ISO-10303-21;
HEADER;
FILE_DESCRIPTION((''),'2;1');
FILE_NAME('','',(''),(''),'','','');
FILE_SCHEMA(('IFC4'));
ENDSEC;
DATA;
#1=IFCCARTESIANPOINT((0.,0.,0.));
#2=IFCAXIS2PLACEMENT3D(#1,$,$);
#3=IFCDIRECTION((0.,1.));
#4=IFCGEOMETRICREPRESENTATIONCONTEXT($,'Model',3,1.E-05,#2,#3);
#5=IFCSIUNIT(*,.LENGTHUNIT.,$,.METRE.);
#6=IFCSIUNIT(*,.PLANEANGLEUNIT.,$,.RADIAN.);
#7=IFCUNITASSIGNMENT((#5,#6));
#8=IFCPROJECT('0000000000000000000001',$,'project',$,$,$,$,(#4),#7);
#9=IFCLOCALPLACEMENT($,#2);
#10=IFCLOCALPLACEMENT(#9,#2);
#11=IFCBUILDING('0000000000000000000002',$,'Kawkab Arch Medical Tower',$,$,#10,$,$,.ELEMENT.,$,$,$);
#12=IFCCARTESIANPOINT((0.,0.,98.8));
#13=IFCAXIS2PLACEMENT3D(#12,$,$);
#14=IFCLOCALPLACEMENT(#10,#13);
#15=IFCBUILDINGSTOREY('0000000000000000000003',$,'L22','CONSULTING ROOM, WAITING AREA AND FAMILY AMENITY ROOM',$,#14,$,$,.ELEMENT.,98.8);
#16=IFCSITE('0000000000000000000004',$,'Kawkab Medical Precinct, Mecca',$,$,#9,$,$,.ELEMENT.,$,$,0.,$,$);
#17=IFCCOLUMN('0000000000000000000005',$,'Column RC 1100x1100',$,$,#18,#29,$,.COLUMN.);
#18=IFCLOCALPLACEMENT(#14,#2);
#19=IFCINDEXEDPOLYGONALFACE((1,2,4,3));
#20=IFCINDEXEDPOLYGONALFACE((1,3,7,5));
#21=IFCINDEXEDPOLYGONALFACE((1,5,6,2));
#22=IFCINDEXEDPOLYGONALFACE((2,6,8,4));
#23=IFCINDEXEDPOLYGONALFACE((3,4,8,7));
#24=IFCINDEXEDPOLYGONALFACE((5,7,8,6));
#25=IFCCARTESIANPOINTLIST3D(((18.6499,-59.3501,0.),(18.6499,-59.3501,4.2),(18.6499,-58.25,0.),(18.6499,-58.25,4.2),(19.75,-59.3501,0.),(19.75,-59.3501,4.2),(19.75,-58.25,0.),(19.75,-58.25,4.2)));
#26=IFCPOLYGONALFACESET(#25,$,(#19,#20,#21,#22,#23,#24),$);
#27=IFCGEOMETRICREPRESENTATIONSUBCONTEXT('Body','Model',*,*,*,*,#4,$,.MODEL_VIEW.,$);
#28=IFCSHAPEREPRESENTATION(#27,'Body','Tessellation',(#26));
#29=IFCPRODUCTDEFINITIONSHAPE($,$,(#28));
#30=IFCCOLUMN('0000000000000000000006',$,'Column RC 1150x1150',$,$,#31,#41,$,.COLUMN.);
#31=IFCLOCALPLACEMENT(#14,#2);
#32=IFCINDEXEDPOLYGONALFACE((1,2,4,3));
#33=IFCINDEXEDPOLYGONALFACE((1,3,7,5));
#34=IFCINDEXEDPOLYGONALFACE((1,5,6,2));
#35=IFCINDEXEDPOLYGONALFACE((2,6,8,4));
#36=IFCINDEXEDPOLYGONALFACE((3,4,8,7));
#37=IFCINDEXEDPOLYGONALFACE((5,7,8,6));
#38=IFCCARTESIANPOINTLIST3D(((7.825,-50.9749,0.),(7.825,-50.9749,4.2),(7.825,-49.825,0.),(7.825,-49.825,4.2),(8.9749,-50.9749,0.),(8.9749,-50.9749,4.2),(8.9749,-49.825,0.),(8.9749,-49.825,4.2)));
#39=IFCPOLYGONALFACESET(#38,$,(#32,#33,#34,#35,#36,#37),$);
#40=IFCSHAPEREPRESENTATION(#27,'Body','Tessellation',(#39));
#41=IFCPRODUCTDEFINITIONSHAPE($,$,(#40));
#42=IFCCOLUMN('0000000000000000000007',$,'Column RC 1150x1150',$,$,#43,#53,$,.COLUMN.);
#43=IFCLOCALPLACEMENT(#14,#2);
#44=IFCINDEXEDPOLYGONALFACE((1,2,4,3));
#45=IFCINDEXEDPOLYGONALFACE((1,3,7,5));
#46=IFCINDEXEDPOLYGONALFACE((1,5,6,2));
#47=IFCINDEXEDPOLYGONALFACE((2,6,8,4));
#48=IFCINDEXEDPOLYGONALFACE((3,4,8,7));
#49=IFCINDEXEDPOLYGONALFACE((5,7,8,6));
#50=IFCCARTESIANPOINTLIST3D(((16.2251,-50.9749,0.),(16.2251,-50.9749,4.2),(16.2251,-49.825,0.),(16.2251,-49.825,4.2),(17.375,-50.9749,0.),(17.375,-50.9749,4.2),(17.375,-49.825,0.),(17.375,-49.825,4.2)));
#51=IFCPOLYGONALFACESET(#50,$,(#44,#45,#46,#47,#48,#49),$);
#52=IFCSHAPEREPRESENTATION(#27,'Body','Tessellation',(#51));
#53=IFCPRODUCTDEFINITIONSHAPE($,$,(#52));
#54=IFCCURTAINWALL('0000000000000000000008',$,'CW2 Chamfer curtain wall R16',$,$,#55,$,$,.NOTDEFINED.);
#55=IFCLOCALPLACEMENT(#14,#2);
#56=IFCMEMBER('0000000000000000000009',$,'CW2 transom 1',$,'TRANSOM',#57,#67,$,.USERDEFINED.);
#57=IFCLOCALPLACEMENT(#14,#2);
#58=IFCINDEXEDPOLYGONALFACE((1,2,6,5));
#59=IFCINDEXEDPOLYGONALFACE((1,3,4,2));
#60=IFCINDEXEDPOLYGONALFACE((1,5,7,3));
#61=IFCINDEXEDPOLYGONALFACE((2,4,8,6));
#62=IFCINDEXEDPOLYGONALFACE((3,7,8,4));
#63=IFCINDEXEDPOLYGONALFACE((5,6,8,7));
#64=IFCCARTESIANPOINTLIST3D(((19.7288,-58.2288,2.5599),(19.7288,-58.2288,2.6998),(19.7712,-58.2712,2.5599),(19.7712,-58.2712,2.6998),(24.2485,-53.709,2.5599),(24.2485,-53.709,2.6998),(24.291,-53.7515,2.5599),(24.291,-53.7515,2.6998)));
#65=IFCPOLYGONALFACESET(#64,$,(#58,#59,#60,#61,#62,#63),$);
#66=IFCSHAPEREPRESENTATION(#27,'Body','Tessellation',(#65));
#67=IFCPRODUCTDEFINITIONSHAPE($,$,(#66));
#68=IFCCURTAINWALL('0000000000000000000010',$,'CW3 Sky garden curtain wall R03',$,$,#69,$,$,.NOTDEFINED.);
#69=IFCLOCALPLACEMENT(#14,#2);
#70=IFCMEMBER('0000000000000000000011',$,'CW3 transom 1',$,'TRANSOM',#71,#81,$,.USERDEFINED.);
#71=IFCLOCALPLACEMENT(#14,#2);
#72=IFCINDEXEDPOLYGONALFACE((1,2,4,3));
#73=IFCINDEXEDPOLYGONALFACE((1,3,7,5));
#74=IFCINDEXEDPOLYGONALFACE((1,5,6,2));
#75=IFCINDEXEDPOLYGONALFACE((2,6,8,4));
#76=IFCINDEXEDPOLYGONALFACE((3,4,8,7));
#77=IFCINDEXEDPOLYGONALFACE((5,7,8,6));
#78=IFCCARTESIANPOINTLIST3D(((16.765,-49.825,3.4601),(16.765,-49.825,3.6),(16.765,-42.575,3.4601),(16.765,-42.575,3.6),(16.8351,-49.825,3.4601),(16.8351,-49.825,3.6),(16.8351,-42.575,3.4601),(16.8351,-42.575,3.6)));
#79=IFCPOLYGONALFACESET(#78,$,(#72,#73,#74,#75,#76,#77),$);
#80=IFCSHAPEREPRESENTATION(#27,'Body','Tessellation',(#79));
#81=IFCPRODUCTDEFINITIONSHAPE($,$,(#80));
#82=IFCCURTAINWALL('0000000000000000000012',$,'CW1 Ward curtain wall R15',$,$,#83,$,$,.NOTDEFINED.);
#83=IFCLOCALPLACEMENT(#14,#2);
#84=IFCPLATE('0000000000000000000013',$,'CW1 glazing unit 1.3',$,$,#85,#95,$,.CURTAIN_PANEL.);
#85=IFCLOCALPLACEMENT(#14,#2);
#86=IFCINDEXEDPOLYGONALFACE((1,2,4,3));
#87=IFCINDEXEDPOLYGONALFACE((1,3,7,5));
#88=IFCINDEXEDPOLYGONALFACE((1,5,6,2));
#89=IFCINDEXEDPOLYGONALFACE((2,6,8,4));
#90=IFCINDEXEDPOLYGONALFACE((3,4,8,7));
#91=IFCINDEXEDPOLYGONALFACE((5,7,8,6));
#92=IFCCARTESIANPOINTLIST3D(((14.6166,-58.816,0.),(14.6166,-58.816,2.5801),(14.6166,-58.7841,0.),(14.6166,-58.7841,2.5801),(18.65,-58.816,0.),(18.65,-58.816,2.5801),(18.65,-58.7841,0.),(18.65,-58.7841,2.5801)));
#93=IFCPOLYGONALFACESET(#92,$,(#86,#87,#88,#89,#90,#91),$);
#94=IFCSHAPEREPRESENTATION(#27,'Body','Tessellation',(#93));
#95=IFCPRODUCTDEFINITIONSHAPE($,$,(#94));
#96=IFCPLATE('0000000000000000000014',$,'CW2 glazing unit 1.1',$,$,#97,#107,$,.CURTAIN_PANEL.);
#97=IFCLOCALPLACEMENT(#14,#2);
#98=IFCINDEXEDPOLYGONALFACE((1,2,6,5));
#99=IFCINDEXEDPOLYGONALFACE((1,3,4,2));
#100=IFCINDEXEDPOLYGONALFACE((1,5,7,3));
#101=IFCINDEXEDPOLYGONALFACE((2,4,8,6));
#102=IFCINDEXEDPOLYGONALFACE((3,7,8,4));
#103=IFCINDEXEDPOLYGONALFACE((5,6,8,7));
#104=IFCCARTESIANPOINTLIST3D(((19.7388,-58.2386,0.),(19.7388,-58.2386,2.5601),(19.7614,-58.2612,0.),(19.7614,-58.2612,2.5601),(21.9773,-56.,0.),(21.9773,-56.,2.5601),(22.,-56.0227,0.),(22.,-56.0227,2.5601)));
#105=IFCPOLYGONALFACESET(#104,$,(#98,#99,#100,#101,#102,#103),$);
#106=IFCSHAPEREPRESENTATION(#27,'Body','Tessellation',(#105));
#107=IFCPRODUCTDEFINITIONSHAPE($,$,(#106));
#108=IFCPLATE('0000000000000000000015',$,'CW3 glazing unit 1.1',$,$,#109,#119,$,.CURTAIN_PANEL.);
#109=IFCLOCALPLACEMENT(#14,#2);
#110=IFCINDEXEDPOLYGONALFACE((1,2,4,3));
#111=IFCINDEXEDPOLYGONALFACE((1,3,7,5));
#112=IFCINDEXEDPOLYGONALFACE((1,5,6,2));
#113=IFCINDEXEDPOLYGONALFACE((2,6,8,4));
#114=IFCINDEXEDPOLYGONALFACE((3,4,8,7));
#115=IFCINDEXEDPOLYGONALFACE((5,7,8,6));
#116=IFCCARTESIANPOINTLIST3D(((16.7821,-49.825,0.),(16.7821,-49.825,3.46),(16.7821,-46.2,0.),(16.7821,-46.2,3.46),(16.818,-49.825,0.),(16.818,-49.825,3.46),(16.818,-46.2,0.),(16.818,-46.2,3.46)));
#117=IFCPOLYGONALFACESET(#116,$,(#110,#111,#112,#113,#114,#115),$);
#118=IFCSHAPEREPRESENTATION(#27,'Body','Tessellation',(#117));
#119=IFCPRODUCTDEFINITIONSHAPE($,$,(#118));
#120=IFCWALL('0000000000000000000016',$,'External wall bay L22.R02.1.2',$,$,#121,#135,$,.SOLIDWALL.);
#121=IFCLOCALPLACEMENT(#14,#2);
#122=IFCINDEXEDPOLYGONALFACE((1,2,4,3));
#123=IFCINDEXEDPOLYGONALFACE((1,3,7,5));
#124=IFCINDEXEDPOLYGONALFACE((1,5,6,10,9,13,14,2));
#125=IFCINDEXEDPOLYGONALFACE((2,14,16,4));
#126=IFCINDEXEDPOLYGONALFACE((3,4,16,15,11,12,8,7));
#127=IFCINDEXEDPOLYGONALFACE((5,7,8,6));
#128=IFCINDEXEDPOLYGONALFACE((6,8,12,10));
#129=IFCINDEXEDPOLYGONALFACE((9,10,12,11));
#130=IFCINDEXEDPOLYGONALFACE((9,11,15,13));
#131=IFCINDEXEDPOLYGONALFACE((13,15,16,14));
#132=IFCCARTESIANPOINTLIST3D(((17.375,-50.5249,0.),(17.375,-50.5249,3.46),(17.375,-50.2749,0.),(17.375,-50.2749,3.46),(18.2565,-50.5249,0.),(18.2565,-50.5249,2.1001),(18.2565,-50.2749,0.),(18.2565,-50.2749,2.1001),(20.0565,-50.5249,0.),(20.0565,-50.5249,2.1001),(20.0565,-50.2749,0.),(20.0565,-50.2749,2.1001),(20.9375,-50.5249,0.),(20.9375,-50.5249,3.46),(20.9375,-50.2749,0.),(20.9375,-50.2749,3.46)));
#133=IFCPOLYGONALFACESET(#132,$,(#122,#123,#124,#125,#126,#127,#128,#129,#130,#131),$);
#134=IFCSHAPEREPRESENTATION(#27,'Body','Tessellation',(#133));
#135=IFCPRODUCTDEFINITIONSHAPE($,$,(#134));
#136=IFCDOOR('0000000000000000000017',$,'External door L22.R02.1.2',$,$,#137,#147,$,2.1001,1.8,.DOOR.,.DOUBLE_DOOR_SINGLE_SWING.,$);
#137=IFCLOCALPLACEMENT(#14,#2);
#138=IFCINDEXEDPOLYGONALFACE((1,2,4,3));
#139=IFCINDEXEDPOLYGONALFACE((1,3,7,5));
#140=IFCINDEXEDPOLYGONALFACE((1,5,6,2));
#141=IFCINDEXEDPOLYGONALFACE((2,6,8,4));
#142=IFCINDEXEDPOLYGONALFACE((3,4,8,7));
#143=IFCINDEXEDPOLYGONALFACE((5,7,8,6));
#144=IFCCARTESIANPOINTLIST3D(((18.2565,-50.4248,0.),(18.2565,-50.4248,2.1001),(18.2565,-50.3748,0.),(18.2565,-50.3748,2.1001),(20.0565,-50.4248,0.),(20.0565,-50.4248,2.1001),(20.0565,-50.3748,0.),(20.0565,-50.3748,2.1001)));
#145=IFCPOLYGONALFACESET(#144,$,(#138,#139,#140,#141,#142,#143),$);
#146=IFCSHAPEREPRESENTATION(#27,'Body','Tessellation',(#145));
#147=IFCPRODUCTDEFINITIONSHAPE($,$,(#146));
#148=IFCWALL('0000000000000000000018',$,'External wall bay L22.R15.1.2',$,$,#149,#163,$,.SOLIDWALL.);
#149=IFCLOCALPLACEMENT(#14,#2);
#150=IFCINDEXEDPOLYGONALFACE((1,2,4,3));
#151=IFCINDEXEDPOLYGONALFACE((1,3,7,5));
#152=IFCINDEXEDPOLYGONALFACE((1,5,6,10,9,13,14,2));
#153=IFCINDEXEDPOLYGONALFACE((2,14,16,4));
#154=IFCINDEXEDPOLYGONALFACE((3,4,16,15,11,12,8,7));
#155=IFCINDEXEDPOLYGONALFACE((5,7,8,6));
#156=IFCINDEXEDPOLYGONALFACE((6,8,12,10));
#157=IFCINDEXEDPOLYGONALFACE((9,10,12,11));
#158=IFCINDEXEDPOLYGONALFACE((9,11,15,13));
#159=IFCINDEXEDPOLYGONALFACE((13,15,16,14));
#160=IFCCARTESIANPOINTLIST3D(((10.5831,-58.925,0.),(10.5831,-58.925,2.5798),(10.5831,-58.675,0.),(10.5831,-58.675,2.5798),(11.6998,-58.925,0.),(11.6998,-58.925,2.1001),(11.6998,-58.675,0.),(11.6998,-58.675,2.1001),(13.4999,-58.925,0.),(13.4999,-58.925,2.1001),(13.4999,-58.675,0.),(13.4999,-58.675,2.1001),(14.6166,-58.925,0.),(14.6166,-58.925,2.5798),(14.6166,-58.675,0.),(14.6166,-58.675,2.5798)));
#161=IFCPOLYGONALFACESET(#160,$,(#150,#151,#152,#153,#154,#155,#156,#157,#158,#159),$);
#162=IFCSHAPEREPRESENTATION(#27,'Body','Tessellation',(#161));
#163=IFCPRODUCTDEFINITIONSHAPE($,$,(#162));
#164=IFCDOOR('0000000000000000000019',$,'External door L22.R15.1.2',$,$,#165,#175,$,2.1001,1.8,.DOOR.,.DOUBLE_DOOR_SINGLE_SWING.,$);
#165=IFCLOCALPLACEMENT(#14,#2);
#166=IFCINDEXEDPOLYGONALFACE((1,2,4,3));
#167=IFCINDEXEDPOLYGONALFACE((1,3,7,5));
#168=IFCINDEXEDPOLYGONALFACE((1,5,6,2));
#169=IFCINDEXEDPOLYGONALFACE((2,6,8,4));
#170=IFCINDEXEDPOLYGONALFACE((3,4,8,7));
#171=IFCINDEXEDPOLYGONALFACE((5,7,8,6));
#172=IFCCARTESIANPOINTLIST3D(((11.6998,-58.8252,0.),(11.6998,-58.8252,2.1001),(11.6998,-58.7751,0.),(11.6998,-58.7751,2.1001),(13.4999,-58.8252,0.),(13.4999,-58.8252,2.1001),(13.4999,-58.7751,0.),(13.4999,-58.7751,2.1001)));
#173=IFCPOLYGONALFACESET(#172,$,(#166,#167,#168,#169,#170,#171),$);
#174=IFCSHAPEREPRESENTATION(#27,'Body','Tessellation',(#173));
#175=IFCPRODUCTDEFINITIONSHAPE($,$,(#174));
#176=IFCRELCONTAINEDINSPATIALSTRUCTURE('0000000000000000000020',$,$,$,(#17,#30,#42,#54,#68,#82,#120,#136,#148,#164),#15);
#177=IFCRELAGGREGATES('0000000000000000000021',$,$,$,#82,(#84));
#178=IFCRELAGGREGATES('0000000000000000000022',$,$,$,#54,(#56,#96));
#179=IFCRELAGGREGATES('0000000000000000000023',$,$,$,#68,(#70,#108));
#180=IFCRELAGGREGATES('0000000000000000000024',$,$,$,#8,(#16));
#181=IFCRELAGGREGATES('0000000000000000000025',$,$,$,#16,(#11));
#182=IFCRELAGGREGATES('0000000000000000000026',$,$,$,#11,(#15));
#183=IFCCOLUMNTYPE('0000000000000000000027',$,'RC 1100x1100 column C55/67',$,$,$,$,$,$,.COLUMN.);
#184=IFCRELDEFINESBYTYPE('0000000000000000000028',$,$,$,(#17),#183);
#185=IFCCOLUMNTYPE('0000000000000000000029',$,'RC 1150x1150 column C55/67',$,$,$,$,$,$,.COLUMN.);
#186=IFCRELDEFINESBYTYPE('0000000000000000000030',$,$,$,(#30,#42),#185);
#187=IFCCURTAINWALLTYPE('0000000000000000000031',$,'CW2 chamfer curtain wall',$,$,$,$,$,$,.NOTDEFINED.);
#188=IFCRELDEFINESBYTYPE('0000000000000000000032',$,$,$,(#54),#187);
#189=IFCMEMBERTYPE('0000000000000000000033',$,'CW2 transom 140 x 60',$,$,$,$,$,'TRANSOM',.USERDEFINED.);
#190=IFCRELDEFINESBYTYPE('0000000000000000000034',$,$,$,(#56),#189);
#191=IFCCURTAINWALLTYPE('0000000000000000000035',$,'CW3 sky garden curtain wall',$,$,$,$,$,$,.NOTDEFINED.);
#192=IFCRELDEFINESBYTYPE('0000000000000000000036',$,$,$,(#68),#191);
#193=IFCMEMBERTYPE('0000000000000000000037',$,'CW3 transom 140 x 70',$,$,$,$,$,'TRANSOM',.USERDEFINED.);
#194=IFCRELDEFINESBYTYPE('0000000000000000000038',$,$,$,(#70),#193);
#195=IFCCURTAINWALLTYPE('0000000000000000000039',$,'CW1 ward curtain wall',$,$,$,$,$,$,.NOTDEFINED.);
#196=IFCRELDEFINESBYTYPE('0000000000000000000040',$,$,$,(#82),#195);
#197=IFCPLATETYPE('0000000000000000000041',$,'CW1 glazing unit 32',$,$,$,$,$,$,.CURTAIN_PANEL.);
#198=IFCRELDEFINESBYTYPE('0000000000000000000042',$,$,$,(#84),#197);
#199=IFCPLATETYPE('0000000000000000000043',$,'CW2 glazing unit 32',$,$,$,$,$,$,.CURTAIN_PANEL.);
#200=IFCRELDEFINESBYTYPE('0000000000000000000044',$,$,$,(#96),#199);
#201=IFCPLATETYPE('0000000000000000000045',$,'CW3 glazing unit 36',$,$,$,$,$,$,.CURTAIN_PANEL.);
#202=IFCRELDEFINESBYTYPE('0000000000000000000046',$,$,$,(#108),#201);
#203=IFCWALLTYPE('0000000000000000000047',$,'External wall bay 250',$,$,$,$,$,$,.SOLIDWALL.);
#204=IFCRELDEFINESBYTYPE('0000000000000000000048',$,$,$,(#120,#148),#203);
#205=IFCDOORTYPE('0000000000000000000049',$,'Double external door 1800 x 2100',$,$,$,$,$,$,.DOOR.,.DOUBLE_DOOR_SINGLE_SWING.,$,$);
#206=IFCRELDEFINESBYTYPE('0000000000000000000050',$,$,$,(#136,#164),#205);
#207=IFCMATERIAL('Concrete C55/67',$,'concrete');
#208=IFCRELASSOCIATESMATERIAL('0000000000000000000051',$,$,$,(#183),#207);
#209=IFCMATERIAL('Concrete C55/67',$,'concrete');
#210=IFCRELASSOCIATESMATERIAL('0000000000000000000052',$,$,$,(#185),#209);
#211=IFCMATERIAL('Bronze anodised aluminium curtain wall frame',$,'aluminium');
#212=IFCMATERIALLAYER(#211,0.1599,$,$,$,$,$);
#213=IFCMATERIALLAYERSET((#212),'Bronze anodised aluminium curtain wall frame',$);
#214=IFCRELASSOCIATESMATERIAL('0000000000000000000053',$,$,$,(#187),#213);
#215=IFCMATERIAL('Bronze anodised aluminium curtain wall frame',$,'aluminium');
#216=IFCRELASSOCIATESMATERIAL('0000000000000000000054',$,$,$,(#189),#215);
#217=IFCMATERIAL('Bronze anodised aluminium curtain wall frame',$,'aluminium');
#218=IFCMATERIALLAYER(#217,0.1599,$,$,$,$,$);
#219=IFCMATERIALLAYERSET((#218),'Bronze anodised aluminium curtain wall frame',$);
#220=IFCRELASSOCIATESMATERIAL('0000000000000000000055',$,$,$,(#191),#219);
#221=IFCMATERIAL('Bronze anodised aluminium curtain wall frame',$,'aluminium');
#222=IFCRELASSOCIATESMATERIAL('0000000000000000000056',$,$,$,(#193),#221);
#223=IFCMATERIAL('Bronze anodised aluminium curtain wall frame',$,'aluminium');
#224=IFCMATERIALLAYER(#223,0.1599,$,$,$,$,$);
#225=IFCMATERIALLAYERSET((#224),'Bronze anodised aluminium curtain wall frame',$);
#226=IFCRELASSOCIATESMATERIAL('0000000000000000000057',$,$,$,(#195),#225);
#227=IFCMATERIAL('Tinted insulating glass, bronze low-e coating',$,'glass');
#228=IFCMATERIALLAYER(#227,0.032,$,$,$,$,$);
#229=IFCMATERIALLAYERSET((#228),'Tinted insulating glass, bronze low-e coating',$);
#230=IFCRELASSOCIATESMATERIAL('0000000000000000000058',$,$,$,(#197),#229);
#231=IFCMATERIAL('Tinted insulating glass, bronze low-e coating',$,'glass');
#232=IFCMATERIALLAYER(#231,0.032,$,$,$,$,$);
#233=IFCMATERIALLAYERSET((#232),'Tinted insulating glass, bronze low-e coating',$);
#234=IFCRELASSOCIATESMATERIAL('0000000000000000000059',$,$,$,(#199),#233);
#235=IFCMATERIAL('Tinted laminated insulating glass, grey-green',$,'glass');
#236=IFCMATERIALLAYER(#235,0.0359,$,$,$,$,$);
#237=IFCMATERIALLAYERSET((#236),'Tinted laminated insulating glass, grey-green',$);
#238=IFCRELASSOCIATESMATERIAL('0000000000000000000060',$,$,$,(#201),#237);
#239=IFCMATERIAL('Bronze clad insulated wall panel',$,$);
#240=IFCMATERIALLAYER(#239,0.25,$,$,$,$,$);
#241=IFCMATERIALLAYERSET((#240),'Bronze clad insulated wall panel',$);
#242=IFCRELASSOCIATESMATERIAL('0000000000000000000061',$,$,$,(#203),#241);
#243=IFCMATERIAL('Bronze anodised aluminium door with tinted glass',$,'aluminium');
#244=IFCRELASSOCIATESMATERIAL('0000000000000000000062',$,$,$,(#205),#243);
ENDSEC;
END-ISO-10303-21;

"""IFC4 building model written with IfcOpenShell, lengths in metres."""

from ifc_helpers import new_model, si_unit, direction, frame, frame_2d, origin, origin_2d, place, context, subcontext, project, spatial, rectangle, extrude, material, layer, layer_set, material_profile, profile_set, type_object, element, fill, aggregate, save


model = new_model("IFC4")

# Units and contexts
model_context = context("Model", 3, precision=1e-05, world=origin(), true_north=direction((0.0, 1.0)))
body_context = subcontext(model_context, "Body", "Model", "MODEL_VIEW")
ifc_project = project(units=[si_unit("LENGTHUNIT", "METRE"), si_unit("PLANEANGLEUNIT", "RADIAN")], contexts=[model_context])

# Site, building, storey
site_placement = place(None, origin())
site = spatial("IfcSite", under=ifc_project, at=site_placement, Name="Kawkab Medical Precinct, Mecca", CompositionType="ELEMENT", RefElevation=0.0)
building_placement = place(site_placement, origin())
building = spatial("IfcBuilding", under=site, at=building_placement, Name="Kawkab Arch Medical Tower", CompositionType="ELEMENT")
storey_placement = place(building_placement, frame((0.0, 0.0, 98.8)))
storey = spatial("IfcBuildingStorey", under=building, at=storey_placement, Name="L22", Description="CONSULTING ROOM, WAITING AREA AND FAMILY AMENITY ROOM", CompositionType="ELEMENT", Elevation=98.8)

# Columns
ifc_material_1 = material(Name="Concrete C55/67", Category="concrete")
ifc_material_profile_1 = material_profile(ifc_material_1, rectangle(XDim=1.1001, YDim=1.1001, at=origin_2d()), Name="RC 1100x1100")
ifc_profile_set_1 = profile_set([ifc_material_profile_1], Name="Concrete C55/67")
column_type_1 = type_object("IfcColumnType", Name="RC 1100x1100 column C55/67", PredefinedType="COLUMN", material=ifc_profile_set_1)
column_placement = place(storey_placement, frame((19.2, -58.8, 0.0), z_axis=(0.0, 0.0, 1.0), x_axis=(1.0, 0.0, 0.0)))
element("IfcColumn", 1, at=column_placement, inside=storey, type_object=column_type_1, Name="Column RC 1100x1100", PredefinedType="COLUMN", context=body_context, shape_type="SweptSolid", body=[
    extrude(rectangle(XDim=1.1001, YDim=1.1001, at=origin_2d()), origin(), (0.0, 0.0, 1.0), 4.2),
])
ifc_material_2 = material(Name="Concrete C55/67", Category="concrete")
ifc_material_profile_2 = material_profile(ifc_material_2, rectangle(XDim=1.1499, YDim=1.1499, at=origin_2d()), Name="RC 1150x1150")
ifc_profile_set_2 = profile_set([ifc_material_profile_2], Name="Concrete C55/67")
column_type_2 = type_object("IfcColumnType", Name="RC 1150x1150 column C55/67", PredefinedType="COLUMN", material=ifc_profile_set_2)
for number, where, z_axis, x_axis, name in (
    (2, (8.3999, -50.3999, 0.0), (0.0, 0.0, 1.0), (1.0, 0.0, 0.0), "Column RC 1150x1150"),
    (3, (16.8, -50.3999, 0.0), (0.0, 0.0, 1.0), (1.0, 0.0, 0.0), "Column RC 1150x1150"),
):
    element("IfcColumn", number, at=place(storey_placement, frame(where, z_axis=z_axis, x_axis=x_axis)), inside=storey, type_object=column_type_2, Name=name, PredefinedType="COLUMN", context=body_context, shape_type="SweptSolid", body=[
        extrude(rectangle(XDim=1.1499, YDim=1.1499, at=origin_2d()), origin(), (0.0, 0.0, 1.0), 4.2),
    ])

# Curtain walls, members
ifc_material_3 = material(Name="Bronze anodised aluminium curtain wall frame", Category="aluminium")
ifc_layer_1 = layer(ifc_material_3, 0.1599)
ifc_layer_set_1 = layer_set([ifc_layer_1], Name="Bronze anodised aluminium curtain wall frame")
curtain_wall_type_1 = type_object("IfcCurtainWallType", Name="CW2 chamfer curtain wall", PredefinedType="NOTDEFINED", material=ifc_layer_set_1)
placement = place(storey_placement, origin())
curtain_wall_1 = element("IfcCurtainWall", 4, at=placement, inside=storey, type_object=curtain_wall_type_1, Name="CW2 Chamfer curtain wall R16", PredefinedType="NOTDEFINED")
ifc_material_4 = material(Name="Bronze anodised aluminium curtain wall frame", Category="aluminium")
ifc_material_profile_3 = material_profile(ifc_material_4, rectangle(XDim=0.0601, YDim=0.1399, at=origin_2d()), Name="AL 60x140")
ifc_profile_set_3 = profile_set([ifc_material_profile_3], Name="Bronze anodised aluminium curtain wall frame")
member_type_1 = type_object("IfcMemberType", Name="CW2 transom 140 x 60", ElementType="TRANSOM", PredefinedType="USERDEFINED", material=ifc_profile_set_3)
member_1_placement = place(storey_placement, frame((19.75, -58.25, 2.6299), z_axis=(0.707107, 0.707107, 0.0), x_axis=(-0.707107, 0.707107, 0.0)))
member_1 = element("IfcMember", 5, at=member_1_placement, type_object=member_type_1, Name="CW2 transom 1", ObjectType="TRANSOM", PredefinedType="USERDEFINED", context=body_context, shape_type="SweptSolid", body=[
    extrude(rectangle(XDim=0.0601, YDim=0.1399, at=origin_2d()), origin(), (0.0, 0.0, 1.0), 6.3918),
])
ifc_material_5 = material(Name="Bronze anodised aluminium curtain wall frame", Category="aluminium")
ifc_layer_2 = layer(ifc_material_5, 0.1599)
ifc_layer_set_2 = layer_set([ifc_layer_2], Name="Bronze anodised aluminium curtain wall frame")
curtain_wall_type_2 = type_object("IfcCurtainWallType", Name="CW3 sky garden curtain wall", PredefinedType="NOTDEFINED", material=ifc_layer_set_2)
curtain_wall_2 = element("IfcCurtainWall", 6, at=placement, inside=storey, type_object=curtain_wall_type_2, Name="CW3 Sky garden curtain wall R03", PredefinedType="NOTDEFINED")
ifc_material_6 = material(Name="Bronze anodised aluminium curtain wall frame", Category="aluminium")
ifc_material_profile_4 = material_profile(ifc_material_6, rectangle(XDim=0.0701, YDim=0.1399, at=origin_2d()), Name="AL 70x140")
ifc_profile_set_4 = profile_set([ifc_material_profile_4], Name="Bronze anodised aluminium curtain wall frame")
member_type_2 = type_object("IfcMemberType", Name="CW3 transom 140 x 70", ElementType="TRANSOM", PredefinedType="USERDEFINED", material=ifc_profile_set_4)
member_2_placement = place(storey_placement, frame((16.8, -49.825, 3.53), z_axis=(0.0, 1.0, 0.0), x_axis=(-1.0, 0.0, 0.0)))
member_2 = element("IfcMember", 7, at=member_2_placement, type_object=member_type_2, Name="CW3 transom 1", ObjectType="TRANSOM", PredefinedType="USERDEFINED", context=body_context, shape_type="SweptSolid", body=[
    extrude(rectangle(XDim=0.0701, YDim=0.1399, at=origin_2d()), origin(), (0.0, 0.0, 1.0), 7.25),
])

# Curtain wall, plate
ifc_material_7 = material(Name="Bronze anodised aluminium curtain wall frame", Category="aluminium")
ifc_layer_3 = layer(ifc_material_7, 0.1599)
ifc_layer_set_3 = layer_set([ifc_layer_3], Name="Bronze anodised aluminium curtain wall frame")
curtain_wall_type_3 = type_object("IfcCurtainWallType", Name="CW1 ward curtain wall", PredefinedType="NOTDEFINED", material=ifc_layer_set_3)
curtain_wall_3 = element("IfcCurtainWall", 8, at=placement, inside=storey, type_object=curtain_wall_type_3, Name="CW1 Ward curtain wall R15", PredefinedType="NOTDEFINED")
ifc_material_8 = material(Name="Tinted insulating glass, bronze low-e coating", Category="glass")
ifc_layer_4 = layer(ifc_material_8, 0.032)
ifc_layer_set_4 = layer_set([ifc_layer_4], Name="Tinted insulating glass, bronze low-e coating")
plate_type_1 = type_object("IfcPlateType", Name="CW1 glazing unit 32", PredefinedType="CURTAIN_PANEL", material=ifc_layer_set_4)
plate_1_placement = place(storey_placement, frame((16.6333, -58.8, 0.0), z_axis=(0.0, 0.0, 1.0), x_axis=(1.0, 0.0, 0.0)))
plate_1 = element("IfcPlate", 9, at=plate_1_placement, type_object=plate_type_1, Name="CW1 glazing unit 1.3", PredefinedType="CURTAIN_PANEL", context=body_context, shape_type="SweptSolid", body=[
    extrude(rectangle(XDim=4.0334, YDim=0.032, at=origin_2d()), origin(), (0.0, 0.0, 1.0), 2.5801),
])
aggregate(curtain_wall_3, [plate_1])

# Plates
ifc_material_9 = material(Name="Tinted insulating glass, bronze low-e coating", Category="glass")
ifc_layer_5 = layer(ifc_material_9, 0.032)
ifc_layer_set_5 = layer_set([ifc_layer_5], Name="Tinted insulating glass, bronze low-e coating")
plate_type_2 = type_object("IfcPlateType", Name="CW2 glazing unit 32", PredefinedType="CURTAIN_PANEL", material=ifc_layer_set_5)
plate_2_placement = place(storey_placement, frame((20.8694, -57.1306, 0.0), z_axis=(0.0, 0.0, 1.0), x_axis=(0.707107, 0.707107, 0.0)))
plate_2 = element("IfcPlate", 10, at=plate_2_placement, type_object=plate_type_2, Name="CW2 glazing unit 1.1", PredefinedType="CURTAIN_PANEL", context=body_context, shape_type="SweptSolid", body=[
    extrude(rectangle(XDim=3.1658, YDim=0.032, at=origin_2d()), origin(), (0.0, 0.0, 1.0), 2.5601),
])
aggregate(curtain_wall_1, [member_1, plate_2])
ifc_material_10 = material(Name="Tinted laminated insulating glass, grey-green", Category="glass")
ifc_layer_6 = layer(ifc_material_10, 0.0359)
ifc_layer_set_6 = layer_set([ifc_layer_6], Name="Tinted laminated insulating glass, grey-green")
plate_type_3 = type_object("IfcPlateType", Name="CW3 glazing unit 36", PredefinedType="CURTAIN_PANEL", material=ifc_layer_set_6)
plate_3_placement = place(storey_placement, frame((16.8, -48.0125, 0.0), z_axis=(0.0, 0.0, 1.0), x_axis=(0.0, 1.0, 0.0)))
plate_3 = element("IfcPlate", 11, at=plate_3_placement, type_object=plate_type_3, Name="CW3 glazing unit 1.1", PredefinedType="CURTAIN_PANEL", context=body_context, shape_type="SweptSolid", body=[
    extrude(rectangle(XDim=3.625, YDim=0.0359, at=origin_2d()), origin(), (0.0, 0.0, 1.0), 3.46),
])
aggregate(curtain_wall_2, [member_2, plate_3])

# Walls, openings, doors
ifc_material_11 = material(Name="Bronze clad insulated wall panel")
ifc_layer_7 = layer(ifc_material_11, 0.25)
ifc_layer_set_7 = layer_set([ifc_layer_7], Name="Bronze clad insulated wall panel")
wall_type_1 = type_object("IfcWallType", Name="External wall bay 250", PredefinedType="SOLIDWALL", material=ifc_layer_set_7)
wall_1_placement = place(storey_placement, frame((20.9375, -50.3999, 0.0), z_axis=(0.0, 0.0, 1.0), x_axis=(-1.0, 0.0, 0.0)))
wall_1 = element("IfcWall", 12, at=wall_1_placement, inside=storey, type_object=wall_type_1, Name="External wall bay L22.R02.1.2", PredefinedType="SOLIDWALL", context=body_context, shape_type="SweptSolid", body=[
    extrude(rectangle(XDim=3.5625, YDim=0.25, at=frame_2d((1.7812, 0.0))), origin(), (0.0, 0.0, 1.0), 3.46),
])
opening_1_placement = place(wall_1_placement, frame((0.8811, 0.0, 0.0)))
opening_1 = element("IfcOpeningElement", 13, at=opening_1_placement, cuts=wall_1, PredefinedType="OPENING", context=body_context, shape_type="SweptSolid", body=[
    extrude(rectangle(XDim=1.8, YDim=2.1001, at=frame_2d((0.8999, 1.05))), frame((0.0, 0.135, 0.0), z_axis=(0.0, -1.0, 0.0), x_axis=(1.0, 0.0, 0.0)), (0.0, 0.0, 1.0), 0.27),
])
ifc_material_12 = material(Name="Bronze anodised aluminium door with tinted glass", Category="aluminium")
door_type_1 = type_object("IfcDoorType", Name="Double external door 1800 x 2100", OperationType="DOUBLE_DOOR_SINGLE_SWING", PredefinedType="DOOR", material=ifc_material_12)
door_1_placement = place(opening_1_placement, origin())
door_1 = element("IfcDoor", 14, at=door_1_placement, inside=storey, type_object=door_type_1, Name="External door L22.R02.1.2", OperationType="DOUBLE_DOOR_SINGLE_SWING", OverallHeight=2.1001, OverallWidth=1.8, PredefinedType="DOOR", context=body_context, shape_type="SweptSolid", body=[
    extrude(rectangle(XDim=1.8, YDim=2.1001, at=frame_2d((0.8999, 1.05))), frame((0.0, 0.0249, 0.0), z_axis=(0.0, -1.0, 0.0), x_axis=(1.0, 0.0, 0.0)), (0.0, 0.0, 1.0), 0.05),
])
fill(opening_1, door_1)
wall_2_placement = place(storey_placement, frame((10.5833, -58.8, 0.0), z_axis=(0.0, 0.0, 1.0), x_axis=(1.0, 0.0, 0.0)))
wall_2 = element("IfcWall", 15, at=wall_2_placement, inside=storey, type_object=wall_type_1, Name="External wall bay L22.R15.1.2", PredefinedType="SOLIDWALL", context=body_context, shape_type="SweptSolid", body=[
    extrude(rectangle(XDim=4.0334, YDim=0.25, at=frame_2d((2.0166, 0.0))), origin(), (0.0, 0.0, 1.0), 2.5798),
])
opening_2_placement = place(wall_2_placement, frame((1.1167, 0.0, 0.0)))
opening_2 = element("IfcOpeningElement", 16, at=opening_2_placement, cuts=wall_2, PredefinedType="OPENING", context=body_context, shape_type="SweptSolid", body=[
    extrude(rectangle(XDim=1.8, YDim=2.1001, at=frame_2d((0.8999, 1.05))), frame((0.0, 0.135, 0.0), z_axis=(0.0, -1.0, 0.0), x_axis=(1.0, 0.0, 0.0)), (0.0, 0.0, 1.0), 0.27),
])
door_2_placement = place(opening_2_placement, origin())
door_2 = element("IfcDoor", 17, at=door_2_placement, inside=storey, type_object=door_type_1, Name="External door L22.R15.1.2", OperationType="DOUBLE_DOOR_SINGLE_SWING", OverallHeight=2.1001, OverallWidth=1.8, PredefinedType="DOOR", context=body_context, shape_type="SweptSolid", body=[
    extrude(rectangle(XDim=1.8, YDim=2.1001, at=frame_2d((0.8999, 1.05))), frame((0.0, 0.0249, 0.0), z_axis=(0.0, -1.0, 0.0), x_axis=(1.0, 0.0, 0.0)), (0.0, 0.0, 1.0), 0.05),
])
fill(opening_2, door_2)

save(model, "model.ifc")
